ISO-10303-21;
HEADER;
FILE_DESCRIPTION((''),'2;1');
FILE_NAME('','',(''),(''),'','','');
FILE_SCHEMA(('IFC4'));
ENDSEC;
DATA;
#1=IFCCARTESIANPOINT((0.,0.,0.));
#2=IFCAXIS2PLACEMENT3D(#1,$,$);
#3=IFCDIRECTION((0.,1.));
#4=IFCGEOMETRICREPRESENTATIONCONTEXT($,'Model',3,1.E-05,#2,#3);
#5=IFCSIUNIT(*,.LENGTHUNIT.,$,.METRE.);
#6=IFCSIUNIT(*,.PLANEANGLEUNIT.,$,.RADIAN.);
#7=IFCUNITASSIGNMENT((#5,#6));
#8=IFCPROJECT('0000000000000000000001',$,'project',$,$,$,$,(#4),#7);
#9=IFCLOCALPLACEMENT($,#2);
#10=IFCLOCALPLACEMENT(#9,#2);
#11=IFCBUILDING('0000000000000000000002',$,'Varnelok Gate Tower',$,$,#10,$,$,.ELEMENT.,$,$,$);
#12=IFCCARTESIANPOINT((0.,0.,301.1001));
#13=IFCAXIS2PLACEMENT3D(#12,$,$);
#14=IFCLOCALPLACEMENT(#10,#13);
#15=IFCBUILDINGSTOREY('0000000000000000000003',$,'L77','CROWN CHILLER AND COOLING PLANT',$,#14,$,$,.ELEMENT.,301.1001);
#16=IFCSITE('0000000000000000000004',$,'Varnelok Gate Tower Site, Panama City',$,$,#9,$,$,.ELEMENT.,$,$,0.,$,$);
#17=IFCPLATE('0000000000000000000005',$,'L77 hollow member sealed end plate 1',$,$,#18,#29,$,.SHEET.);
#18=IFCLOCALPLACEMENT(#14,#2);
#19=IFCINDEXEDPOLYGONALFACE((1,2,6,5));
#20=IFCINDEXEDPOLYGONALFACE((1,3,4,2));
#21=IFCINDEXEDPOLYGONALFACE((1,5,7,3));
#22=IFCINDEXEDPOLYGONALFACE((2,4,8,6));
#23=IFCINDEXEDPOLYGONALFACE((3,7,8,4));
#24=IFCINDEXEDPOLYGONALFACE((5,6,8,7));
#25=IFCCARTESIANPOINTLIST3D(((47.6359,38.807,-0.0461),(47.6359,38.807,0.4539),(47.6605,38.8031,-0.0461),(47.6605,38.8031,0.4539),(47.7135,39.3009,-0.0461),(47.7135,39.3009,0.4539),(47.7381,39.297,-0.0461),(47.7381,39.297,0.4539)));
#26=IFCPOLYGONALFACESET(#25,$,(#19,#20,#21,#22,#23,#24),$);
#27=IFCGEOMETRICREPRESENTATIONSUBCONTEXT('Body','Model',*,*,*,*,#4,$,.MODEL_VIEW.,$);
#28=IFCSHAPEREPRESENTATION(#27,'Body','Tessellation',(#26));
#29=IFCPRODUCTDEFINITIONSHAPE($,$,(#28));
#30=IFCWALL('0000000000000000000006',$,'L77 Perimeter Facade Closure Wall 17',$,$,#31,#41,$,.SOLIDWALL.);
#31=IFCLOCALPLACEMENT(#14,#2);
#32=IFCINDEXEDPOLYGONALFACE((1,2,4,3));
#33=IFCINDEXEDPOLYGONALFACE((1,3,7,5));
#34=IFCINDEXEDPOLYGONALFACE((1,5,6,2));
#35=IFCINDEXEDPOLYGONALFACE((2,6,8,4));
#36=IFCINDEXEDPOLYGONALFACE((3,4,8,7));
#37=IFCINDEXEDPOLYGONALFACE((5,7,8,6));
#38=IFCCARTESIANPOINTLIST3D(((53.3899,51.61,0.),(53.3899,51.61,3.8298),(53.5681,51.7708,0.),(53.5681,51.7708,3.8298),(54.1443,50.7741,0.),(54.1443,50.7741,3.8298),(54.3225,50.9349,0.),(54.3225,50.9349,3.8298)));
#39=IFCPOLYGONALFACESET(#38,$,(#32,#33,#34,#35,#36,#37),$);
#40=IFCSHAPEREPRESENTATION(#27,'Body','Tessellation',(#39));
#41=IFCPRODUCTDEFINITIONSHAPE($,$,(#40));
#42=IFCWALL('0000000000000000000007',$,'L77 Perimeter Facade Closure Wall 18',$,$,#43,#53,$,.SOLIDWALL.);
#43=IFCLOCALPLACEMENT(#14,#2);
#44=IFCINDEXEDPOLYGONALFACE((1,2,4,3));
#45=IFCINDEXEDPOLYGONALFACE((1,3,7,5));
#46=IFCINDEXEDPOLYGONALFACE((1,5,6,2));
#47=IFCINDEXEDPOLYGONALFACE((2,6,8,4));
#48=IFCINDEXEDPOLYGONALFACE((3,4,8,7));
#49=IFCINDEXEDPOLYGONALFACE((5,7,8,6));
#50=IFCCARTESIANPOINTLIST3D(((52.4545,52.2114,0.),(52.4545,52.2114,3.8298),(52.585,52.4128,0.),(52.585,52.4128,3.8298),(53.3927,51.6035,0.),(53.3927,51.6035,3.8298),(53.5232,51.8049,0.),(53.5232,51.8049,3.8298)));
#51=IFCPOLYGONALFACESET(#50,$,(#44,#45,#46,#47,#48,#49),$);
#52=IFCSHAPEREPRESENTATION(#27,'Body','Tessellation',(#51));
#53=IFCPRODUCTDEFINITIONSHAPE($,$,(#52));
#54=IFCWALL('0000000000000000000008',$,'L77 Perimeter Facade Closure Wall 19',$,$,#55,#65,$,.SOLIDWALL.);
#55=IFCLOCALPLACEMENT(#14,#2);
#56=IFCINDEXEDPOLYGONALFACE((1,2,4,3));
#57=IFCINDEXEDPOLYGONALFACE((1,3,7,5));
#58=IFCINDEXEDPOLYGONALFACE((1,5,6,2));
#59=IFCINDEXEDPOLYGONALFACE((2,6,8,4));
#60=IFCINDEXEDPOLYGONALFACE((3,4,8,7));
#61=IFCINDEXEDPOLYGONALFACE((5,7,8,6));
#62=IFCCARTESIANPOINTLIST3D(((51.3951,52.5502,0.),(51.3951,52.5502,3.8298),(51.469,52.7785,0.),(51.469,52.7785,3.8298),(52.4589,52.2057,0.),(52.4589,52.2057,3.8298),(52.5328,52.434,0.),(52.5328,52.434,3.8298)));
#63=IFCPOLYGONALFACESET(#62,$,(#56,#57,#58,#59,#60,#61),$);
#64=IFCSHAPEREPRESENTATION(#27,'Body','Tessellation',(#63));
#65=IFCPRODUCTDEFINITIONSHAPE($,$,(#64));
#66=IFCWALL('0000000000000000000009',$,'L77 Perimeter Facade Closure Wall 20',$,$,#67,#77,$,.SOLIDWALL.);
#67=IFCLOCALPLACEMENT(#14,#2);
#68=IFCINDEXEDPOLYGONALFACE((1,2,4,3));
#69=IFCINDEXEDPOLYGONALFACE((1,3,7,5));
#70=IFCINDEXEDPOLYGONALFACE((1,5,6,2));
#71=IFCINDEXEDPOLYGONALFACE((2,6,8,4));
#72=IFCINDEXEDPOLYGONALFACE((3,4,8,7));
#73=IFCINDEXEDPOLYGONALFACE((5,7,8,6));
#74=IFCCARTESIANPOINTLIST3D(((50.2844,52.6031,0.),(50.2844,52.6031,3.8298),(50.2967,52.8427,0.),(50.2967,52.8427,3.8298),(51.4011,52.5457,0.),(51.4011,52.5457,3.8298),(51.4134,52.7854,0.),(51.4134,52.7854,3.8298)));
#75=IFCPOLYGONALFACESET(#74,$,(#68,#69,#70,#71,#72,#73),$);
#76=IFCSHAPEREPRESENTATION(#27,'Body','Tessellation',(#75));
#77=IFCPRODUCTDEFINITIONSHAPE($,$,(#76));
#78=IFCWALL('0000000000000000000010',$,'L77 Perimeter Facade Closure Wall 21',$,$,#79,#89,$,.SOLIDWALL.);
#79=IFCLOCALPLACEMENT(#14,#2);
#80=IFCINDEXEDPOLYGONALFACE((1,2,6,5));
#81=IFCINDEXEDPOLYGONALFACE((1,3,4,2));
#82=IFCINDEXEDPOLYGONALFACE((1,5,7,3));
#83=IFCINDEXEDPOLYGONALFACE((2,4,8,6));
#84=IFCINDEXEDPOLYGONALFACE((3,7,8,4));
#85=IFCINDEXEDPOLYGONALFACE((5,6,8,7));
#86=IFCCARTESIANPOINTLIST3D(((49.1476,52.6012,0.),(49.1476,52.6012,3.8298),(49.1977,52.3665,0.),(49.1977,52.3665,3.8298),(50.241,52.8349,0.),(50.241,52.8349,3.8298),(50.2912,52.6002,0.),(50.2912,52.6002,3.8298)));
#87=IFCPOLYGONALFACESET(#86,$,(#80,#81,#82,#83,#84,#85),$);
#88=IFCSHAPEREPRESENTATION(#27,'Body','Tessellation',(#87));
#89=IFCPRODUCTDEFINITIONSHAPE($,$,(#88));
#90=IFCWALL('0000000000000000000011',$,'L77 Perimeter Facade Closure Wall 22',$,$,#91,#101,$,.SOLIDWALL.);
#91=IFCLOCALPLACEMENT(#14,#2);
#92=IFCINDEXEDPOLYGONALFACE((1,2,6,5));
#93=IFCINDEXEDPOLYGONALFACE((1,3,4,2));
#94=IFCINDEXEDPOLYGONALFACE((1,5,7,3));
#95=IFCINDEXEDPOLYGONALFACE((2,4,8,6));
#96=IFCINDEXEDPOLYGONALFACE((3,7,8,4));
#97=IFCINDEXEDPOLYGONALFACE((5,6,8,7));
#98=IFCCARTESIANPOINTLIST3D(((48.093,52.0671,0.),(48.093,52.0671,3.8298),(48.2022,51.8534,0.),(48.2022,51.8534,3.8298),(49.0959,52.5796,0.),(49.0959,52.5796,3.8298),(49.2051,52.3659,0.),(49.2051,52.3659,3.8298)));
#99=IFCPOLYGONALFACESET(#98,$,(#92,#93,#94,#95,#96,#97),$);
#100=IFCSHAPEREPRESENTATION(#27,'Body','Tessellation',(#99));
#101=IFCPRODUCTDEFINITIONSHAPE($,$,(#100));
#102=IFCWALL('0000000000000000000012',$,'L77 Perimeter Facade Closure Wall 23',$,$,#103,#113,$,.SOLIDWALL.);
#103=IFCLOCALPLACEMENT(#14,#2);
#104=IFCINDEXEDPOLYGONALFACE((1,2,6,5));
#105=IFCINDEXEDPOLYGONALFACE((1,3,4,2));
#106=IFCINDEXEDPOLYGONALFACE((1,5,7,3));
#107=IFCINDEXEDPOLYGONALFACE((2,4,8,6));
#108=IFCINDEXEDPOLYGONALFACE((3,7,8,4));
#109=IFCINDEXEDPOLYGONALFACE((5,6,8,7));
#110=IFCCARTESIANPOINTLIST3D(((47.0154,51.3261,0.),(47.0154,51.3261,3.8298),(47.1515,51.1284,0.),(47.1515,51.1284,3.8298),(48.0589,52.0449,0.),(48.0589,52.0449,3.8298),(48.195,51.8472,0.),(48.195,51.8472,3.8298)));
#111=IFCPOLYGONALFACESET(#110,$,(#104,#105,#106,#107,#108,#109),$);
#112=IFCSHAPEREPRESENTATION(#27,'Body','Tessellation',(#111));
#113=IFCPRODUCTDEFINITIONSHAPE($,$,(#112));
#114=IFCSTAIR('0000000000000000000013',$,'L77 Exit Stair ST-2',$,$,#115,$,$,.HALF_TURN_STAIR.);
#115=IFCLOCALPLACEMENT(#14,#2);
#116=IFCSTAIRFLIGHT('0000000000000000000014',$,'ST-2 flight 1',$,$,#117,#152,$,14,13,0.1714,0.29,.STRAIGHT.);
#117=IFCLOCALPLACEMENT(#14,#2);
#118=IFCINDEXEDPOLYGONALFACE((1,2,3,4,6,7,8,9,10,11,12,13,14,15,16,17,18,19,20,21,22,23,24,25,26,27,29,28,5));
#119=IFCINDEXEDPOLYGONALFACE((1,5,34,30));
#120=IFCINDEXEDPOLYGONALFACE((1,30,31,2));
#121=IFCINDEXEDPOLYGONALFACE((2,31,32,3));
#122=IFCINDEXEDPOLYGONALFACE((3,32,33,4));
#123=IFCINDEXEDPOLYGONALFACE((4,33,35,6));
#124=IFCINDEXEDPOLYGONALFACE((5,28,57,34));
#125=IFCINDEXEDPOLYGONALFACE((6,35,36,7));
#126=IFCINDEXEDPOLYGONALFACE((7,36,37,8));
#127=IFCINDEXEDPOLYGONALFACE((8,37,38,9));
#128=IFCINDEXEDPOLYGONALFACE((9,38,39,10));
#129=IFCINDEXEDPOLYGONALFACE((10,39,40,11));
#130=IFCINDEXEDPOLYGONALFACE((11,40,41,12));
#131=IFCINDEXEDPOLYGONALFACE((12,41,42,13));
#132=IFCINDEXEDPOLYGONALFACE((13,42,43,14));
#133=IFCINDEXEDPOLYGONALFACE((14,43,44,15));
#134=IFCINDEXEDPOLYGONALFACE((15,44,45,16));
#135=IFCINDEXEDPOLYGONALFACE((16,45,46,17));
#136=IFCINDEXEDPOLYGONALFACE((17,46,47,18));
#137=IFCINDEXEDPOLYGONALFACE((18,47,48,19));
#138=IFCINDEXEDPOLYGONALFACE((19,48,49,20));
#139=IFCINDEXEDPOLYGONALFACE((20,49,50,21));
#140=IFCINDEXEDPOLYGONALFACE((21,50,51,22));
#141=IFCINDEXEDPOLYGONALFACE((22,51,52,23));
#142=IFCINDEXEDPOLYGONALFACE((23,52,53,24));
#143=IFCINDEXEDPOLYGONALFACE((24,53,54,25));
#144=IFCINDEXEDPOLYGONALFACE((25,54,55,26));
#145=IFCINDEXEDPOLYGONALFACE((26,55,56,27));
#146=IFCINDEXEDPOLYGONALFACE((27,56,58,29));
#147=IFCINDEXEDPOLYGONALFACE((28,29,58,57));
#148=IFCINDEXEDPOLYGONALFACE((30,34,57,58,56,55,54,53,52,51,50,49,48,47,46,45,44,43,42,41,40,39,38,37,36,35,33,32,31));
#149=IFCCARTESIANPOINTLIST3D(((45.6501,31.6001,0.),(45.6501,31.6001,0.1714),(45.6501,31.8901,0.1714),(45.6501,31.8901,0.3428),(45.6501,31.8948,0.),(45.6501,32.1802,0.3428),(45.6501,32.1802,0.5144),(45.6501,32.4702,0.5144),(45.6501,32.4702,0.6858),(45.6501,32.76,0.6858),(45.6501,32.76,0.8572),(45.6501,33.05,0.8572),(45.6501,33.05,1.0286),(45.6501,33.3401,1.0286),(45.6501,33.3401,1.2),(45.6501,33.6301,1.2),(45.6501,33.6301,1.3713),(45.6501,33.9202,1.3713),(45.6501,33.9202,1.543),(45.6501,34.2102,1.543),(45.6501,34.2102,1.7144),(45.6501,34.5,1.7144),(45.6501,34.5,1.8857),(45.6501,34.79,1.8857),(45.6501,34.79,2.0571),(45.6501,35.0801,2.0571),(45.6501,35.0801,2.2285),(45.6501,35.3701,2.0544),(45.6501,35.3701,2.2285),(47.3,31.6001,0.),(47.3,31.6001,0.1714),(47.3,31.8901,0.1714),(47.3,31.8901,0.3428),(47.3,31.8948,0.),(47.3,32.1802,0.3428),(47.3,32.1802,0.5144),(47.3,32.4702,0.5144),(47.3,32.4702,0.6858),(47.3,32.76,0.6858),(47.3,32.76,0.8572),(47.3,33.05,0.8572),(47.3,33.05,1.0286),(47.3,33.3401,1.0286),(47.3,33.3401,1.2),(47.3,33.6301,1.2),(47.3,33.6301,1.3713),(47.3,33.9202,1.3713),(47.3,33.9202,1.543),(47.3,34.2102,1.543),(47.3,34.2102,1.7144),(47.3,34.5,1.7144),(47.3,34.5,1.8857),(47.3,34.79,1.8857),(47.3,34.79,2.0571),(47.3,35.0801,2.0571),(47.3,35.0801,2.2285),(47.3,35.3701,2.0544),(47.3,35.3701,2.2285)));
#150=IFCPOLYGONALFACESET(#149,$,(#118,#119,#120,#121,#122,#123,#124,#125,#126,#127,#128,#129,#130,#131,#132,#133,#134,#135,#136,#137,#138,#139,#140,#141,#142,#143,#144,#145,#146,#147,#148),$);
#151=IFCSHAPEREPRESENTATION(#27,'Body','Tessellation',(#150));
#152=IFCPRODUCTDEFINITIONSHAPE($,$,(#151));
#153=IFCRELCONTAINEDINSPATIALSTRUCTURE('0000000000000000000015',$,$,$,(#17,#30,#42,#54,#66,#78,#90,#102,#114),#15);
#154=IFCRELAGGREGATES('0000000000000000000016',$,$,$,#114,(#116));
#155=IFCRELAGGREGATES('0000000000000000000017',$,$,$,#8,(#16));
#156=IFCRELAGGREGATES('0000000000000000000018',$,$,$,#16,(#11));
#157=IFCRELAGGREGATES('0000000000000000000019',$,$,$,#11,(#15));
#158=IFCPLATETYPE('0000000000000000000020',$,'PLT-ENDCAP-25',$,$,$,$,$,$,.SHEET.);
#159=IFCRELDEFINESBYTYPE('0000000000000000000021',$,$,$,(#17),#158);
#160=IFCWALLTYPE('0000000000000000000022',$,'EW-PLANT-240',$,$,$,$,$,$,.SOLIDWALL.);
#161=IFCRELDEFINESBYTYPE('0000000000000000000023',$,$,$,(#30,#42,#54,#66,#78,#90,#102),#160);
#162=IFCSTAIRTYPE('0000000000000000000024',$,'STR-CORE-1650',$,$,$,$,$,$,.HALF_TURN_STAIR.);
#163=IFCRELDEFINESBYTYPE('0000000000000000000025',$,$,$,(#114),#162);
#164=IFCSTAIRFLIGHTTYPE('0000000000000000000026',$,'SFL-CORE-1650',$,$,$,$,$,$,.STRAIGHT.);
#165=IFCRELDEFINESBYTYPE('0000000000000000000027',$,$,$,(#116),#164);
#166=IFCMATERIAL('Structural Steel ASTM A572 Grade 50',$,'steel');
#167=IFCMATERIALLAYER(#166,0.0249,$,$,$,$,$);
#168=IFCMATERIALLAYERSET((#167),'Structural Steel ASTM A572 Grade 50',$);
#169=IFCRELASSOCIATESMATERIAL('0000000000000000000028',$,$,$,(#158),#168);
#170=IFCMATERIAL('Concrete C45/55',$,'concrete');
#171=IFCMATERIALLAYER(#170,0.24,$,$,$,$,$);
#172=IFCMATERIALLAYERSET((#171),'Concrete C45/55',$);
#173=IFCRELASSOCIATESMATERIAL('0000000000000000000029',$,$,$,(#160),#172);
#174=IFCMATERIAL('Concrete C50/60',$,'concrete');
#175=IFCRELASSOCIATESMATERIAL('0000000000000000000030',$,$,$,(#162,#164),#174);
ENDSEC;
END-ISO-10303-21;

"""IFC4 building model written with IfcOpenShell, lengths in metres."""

from ifc_helpers import new_model, si_unit, direction, frame, frame_2d, origin, origin_2d, place, context, subcontext, project, spatial, polyline, rectangle, outline, extrude, source, transform, mapped, material, layer, layer_set, type_object, element, aggregate, save


model = new_model("IFC4")

# Units and contexts
model_context = context("Model", 3, precision=1e-05, world=origin(), true_north=direction((0.0, 1.0)))
body_context = subcontext(model_context, "Body", "Model", "MODEL_VIEW")
ifc_project = project(units=[si_unit("LENGTHUNIT", "METRE"), si_unit("PLANEANGLEUNIT", "RADIAN")], contexts=[model_context])

# Site, building, storey
site_placement = place(None, origin())
site = spatial("IfcSite", under=ifc_project, at=site_placement, Name="Varnelok Gate Tower Site, Panama City", CompositionType="ELEMENT", RefElevation=0.0)
building_placement = place(site_placement, origin())
building = spatial("IfcBuilding", under=site, at=building_placement, Name="Varnelok Gate Tower", CompositionType="ELEMENT")
storey_placement = place(building_placement, frame((0.0, 0.0, 301.1001)))
storey = spatial("IfcBuildingStorey", under=building, at=storey_placement, Name="L77", Description="CROWN CHILLER AND COOLING PLANT", CompositionType="ELEMENT", Elevation=301.1001)

# Shared definitions
ifc_material_1 = material(Name="Concrete C50/60", Category="concrete")

# Plate
ifc_material_2 = material(Name="Structural Steel ASTM A572 Grade 50", Category="steel")
ifc_layer_1 = layer(ifc_material_2, 0.0249)
ifc_layer_set_1 = layer_set([ifc_layer_1], Name="Structural Steel ASTM A572 Grade 50")
plate_type_1 = type_object("IfcPlateType", Name="PLT-ENDCAP-25", PredefinedType="SHEET", material=ifc_layer_set_1)
shared_shape_1 = source(origin(), body_context, "Body", "SweptSolid", [
    extrude(rectangle(XDim=0.0249, YDim=0.5, at=origin_2d()), origin(), (0.0, 0.0, 1.0), 0.5),
])
plate_1_placement = place(storey_placement, frame((47.687, 39.052, -0.0461), z_axis=(0.0, 0.0, 1.0), x_axis=(-0.987865, 0.155314, 0.0)))
element("IfcPlate", 1, at=plate_1_placement, inside=storey, type_object=plate_type_1, Name="L77 hollow member sealed end plate 1", PredefinedType="SHEET", context=body_context, shape_type="MappedRepresentation", body=[
    mapped(shared_shape_1, transform((0.0, 0.0, 0.0), scale=1.0)),
])

# Walls
ifc_material_3 = material(Name="Concrete C45/55", Category="concrete")
ifc_layer_2 = layer(ifc_material_3, 0.24)
ifc_layer_set_2 = layer_set([ifc_layer_2], Name="Concrete C45/55")
wall_type = type_object("IfcWallType", Name="EW-PLANT-240", PredefinedType="SOLIDWALL", material=ifc_layer_set_2)
wall_1_placement = place(storey_placement, frame((54.2334, 50.8545, 0.0), z_axis=(0.0, 0.0, 1.0), x_axis=(-0.66997, 0.742388, 0.0)))
element("IfcWall", 2, at=wall_1_placement, inside=storey, type_object=wall_type, Name="L77 Perimeter Facade Closure Wall 17", PredefinedType="SOLIDWALL", context=body_context, shape_type="SweptSolid", body=[
    extrude(rectangle(XDim=1.126, YDim=0.24, at=frame_2d((0.563, 0.0))), origin(), (0.0, 0.0, 1.0), 3.8298),
])
wall_2_placement = place(storey_placement, frame((53.458, 51.7041, 0.0), z_axis=(0.0, 0.0, 1.0), x_axis=(-0.839236, 0.543767, 0.0)))
element("IfcWall", 3, at=wall_2_placement, inside=storey, type_object=wall_type, Name="L77 Perimeter Facade Closure Wall 18", PredefinedType="SOLIDWALL", context=body_context, shape_type="SweptSolid", body=[
    extrude(rectangle(XDim=1.1179, YDim=0.24, at=frame_2d((0.5591, 0.0))), origin(), (0.0, 0.0, 1.0), 3.8298),
])
for number, where, z_axis, x_axis, name in (
    (4, (52.4958, 52.3198, 0.0), (0.0, 0.0, 1.0), (-0.951356, 0.308094, 0.0), "L77 Perimeter Facade Closure Wall 19"),
    (5, (51.4072, 52.6655, 0.0), (0.0, 0.0, 1.0), (-0.998683, 0.05131, 0.0), "L77 Perimeter Facade Closure Wall 20"),
    (6, (50.2661, 52.7175, 0.0), (0.0, 0.0, 1.0), (-0.977927, -0.208948, 0.0), "L77 Perimeter Facade Closure Wall 21"),
):
    element("IfcWall", number, at=place(storey_placement, frame(where, z_axis=z_axis, x_axis=x_axis)), inside=storey, type_object=wall_type, Name=name, PredefinedType="SOLIDWALL", context=body_context, shape_type="SweptSolid", body=[
        extrude(rectangle(XDim=1.1182, YDim=0.24, at=frame_2d((0.5591, 0.0))), origin(), (0.0, 0.0, 1.0), 3.8298),
    ])
wall_3_placement = place(storey_placement, frame((49.1504, 52.4727, 0.0), z_axis=(0.0, 0.0, 1.0), x_axis=(-0.890491, -0.455, 0.0)))
element("IfcWall", 7, at=wall_3_placement, inside=storey, type_object=wall_type, Name="L77 Perimeter Facade Closure Wall 22", PredefinedType="SOLIDWALL", context=body_context, shape_type="SweptSolid", body=[
    extrude(rectangle(XDim=1.1262, YDim=0.24, at=frame_2d((0.563, 0.0))), origin(), (0.0, 0.0, 1.0), 3.8298),
])
wall_4_placement = place(storey_placement, frame((48.127, 51.946, 0.0), z_axis=(0.0, 0.0, 1.0), x_axis=(-0.823536, -0.567265, 0.0)))
element("IfcWall", 8, at=wall_4_placement, inside=storey, type_object=wall_type, Name="L77 Perimeter Facade Closure Wall 23", PredefinedType="SOLIDWALL", context=body_context, shape_type="SweptSolid", body=[
    extrude(rectangle(XDim=1.2671, YDim=0.24, at=frame_2d((0.6335, 0.0))), origin(), (0.0, 0.0, 1.0), 3.8298),
])

# Stair, stair flight
stair_type = type_object("IfcStairType", Name="STR-CORE-1650", PredefinedType="HALF_TURN_STAIR", material=ifc_material_1)
stair_placement = place(storey_placement, origin())
stair = element("IfcStair", 9, at=stair_placement, inside=storey, type_object=stair_type, Name="L77 Exit Stair ST-2", PredefinedType="HALF_TURN_STAIR")
stair_flight_type = type_object("IfcStairFlightType", Name="SFL-CORE-1650", PredefinedType="STRAIGHT", material=ifc_material_1)
stair_flight_placement = place(storey_placement, frame((46.4751, 31.6001, 0.0), z_axis=(0.0, 0.0, 1.0), x_axis=(0.0, 1.0, 0.0)))
stair_flight = element("IfcStairFlight", 10, at=stair_flight_placement, type_object=stair_flight_type, Name="ST-2 flight 1", NumberOfRisers=14, NumberOfTreads=13, PredefinedType="STRAIGHT", RiserHeight=0.1714, TreadLength=0.29, context=body_context, shape_type="SweptSolid", body=[
    extrude(outline(polyline([(0.0, 0.0), (0.0, 0.1714), (0.29, 0.1714), (0.29, 0.3428), (0.5801, 0.3428), (0.5801, 0.5144), (0.8701, 0.5144), (0.8701, 0.6858), (1.1599, 0.6858), (1.1599, 0.8572), (1.45, 0.8572), (1.45, 1.0286), (1.74, 1.0286), (1.74, 1.2), (2.03, 1.2), (2.03, 1.3713), (2.3201, 1.3713), (2.3201, 1.543), (2.6101, 1.543), (2.6101, 1.7144), (2.8999, 1.7144), (2.8999, 1.8857), (3.1899, 1.8857), (3.1899, 2.0571), (3.48, 2.0571), (3.48, 2.2285), (3.77, 2.2285), (3.77, 2.3999), (3.77, 2.0544), (0.2947, 0.0), (0.0, 0.0)])), frame((0.0, 0.825, 0.0), z_axis=(0.0, -1.0, 0.0), x_axis=(1.0, 0.0, 0.0)), (0.0, 0.0, 1.0), 1.6499),
])
aggregate(stair, [stair_flight])

save(model, "model.ifc")
